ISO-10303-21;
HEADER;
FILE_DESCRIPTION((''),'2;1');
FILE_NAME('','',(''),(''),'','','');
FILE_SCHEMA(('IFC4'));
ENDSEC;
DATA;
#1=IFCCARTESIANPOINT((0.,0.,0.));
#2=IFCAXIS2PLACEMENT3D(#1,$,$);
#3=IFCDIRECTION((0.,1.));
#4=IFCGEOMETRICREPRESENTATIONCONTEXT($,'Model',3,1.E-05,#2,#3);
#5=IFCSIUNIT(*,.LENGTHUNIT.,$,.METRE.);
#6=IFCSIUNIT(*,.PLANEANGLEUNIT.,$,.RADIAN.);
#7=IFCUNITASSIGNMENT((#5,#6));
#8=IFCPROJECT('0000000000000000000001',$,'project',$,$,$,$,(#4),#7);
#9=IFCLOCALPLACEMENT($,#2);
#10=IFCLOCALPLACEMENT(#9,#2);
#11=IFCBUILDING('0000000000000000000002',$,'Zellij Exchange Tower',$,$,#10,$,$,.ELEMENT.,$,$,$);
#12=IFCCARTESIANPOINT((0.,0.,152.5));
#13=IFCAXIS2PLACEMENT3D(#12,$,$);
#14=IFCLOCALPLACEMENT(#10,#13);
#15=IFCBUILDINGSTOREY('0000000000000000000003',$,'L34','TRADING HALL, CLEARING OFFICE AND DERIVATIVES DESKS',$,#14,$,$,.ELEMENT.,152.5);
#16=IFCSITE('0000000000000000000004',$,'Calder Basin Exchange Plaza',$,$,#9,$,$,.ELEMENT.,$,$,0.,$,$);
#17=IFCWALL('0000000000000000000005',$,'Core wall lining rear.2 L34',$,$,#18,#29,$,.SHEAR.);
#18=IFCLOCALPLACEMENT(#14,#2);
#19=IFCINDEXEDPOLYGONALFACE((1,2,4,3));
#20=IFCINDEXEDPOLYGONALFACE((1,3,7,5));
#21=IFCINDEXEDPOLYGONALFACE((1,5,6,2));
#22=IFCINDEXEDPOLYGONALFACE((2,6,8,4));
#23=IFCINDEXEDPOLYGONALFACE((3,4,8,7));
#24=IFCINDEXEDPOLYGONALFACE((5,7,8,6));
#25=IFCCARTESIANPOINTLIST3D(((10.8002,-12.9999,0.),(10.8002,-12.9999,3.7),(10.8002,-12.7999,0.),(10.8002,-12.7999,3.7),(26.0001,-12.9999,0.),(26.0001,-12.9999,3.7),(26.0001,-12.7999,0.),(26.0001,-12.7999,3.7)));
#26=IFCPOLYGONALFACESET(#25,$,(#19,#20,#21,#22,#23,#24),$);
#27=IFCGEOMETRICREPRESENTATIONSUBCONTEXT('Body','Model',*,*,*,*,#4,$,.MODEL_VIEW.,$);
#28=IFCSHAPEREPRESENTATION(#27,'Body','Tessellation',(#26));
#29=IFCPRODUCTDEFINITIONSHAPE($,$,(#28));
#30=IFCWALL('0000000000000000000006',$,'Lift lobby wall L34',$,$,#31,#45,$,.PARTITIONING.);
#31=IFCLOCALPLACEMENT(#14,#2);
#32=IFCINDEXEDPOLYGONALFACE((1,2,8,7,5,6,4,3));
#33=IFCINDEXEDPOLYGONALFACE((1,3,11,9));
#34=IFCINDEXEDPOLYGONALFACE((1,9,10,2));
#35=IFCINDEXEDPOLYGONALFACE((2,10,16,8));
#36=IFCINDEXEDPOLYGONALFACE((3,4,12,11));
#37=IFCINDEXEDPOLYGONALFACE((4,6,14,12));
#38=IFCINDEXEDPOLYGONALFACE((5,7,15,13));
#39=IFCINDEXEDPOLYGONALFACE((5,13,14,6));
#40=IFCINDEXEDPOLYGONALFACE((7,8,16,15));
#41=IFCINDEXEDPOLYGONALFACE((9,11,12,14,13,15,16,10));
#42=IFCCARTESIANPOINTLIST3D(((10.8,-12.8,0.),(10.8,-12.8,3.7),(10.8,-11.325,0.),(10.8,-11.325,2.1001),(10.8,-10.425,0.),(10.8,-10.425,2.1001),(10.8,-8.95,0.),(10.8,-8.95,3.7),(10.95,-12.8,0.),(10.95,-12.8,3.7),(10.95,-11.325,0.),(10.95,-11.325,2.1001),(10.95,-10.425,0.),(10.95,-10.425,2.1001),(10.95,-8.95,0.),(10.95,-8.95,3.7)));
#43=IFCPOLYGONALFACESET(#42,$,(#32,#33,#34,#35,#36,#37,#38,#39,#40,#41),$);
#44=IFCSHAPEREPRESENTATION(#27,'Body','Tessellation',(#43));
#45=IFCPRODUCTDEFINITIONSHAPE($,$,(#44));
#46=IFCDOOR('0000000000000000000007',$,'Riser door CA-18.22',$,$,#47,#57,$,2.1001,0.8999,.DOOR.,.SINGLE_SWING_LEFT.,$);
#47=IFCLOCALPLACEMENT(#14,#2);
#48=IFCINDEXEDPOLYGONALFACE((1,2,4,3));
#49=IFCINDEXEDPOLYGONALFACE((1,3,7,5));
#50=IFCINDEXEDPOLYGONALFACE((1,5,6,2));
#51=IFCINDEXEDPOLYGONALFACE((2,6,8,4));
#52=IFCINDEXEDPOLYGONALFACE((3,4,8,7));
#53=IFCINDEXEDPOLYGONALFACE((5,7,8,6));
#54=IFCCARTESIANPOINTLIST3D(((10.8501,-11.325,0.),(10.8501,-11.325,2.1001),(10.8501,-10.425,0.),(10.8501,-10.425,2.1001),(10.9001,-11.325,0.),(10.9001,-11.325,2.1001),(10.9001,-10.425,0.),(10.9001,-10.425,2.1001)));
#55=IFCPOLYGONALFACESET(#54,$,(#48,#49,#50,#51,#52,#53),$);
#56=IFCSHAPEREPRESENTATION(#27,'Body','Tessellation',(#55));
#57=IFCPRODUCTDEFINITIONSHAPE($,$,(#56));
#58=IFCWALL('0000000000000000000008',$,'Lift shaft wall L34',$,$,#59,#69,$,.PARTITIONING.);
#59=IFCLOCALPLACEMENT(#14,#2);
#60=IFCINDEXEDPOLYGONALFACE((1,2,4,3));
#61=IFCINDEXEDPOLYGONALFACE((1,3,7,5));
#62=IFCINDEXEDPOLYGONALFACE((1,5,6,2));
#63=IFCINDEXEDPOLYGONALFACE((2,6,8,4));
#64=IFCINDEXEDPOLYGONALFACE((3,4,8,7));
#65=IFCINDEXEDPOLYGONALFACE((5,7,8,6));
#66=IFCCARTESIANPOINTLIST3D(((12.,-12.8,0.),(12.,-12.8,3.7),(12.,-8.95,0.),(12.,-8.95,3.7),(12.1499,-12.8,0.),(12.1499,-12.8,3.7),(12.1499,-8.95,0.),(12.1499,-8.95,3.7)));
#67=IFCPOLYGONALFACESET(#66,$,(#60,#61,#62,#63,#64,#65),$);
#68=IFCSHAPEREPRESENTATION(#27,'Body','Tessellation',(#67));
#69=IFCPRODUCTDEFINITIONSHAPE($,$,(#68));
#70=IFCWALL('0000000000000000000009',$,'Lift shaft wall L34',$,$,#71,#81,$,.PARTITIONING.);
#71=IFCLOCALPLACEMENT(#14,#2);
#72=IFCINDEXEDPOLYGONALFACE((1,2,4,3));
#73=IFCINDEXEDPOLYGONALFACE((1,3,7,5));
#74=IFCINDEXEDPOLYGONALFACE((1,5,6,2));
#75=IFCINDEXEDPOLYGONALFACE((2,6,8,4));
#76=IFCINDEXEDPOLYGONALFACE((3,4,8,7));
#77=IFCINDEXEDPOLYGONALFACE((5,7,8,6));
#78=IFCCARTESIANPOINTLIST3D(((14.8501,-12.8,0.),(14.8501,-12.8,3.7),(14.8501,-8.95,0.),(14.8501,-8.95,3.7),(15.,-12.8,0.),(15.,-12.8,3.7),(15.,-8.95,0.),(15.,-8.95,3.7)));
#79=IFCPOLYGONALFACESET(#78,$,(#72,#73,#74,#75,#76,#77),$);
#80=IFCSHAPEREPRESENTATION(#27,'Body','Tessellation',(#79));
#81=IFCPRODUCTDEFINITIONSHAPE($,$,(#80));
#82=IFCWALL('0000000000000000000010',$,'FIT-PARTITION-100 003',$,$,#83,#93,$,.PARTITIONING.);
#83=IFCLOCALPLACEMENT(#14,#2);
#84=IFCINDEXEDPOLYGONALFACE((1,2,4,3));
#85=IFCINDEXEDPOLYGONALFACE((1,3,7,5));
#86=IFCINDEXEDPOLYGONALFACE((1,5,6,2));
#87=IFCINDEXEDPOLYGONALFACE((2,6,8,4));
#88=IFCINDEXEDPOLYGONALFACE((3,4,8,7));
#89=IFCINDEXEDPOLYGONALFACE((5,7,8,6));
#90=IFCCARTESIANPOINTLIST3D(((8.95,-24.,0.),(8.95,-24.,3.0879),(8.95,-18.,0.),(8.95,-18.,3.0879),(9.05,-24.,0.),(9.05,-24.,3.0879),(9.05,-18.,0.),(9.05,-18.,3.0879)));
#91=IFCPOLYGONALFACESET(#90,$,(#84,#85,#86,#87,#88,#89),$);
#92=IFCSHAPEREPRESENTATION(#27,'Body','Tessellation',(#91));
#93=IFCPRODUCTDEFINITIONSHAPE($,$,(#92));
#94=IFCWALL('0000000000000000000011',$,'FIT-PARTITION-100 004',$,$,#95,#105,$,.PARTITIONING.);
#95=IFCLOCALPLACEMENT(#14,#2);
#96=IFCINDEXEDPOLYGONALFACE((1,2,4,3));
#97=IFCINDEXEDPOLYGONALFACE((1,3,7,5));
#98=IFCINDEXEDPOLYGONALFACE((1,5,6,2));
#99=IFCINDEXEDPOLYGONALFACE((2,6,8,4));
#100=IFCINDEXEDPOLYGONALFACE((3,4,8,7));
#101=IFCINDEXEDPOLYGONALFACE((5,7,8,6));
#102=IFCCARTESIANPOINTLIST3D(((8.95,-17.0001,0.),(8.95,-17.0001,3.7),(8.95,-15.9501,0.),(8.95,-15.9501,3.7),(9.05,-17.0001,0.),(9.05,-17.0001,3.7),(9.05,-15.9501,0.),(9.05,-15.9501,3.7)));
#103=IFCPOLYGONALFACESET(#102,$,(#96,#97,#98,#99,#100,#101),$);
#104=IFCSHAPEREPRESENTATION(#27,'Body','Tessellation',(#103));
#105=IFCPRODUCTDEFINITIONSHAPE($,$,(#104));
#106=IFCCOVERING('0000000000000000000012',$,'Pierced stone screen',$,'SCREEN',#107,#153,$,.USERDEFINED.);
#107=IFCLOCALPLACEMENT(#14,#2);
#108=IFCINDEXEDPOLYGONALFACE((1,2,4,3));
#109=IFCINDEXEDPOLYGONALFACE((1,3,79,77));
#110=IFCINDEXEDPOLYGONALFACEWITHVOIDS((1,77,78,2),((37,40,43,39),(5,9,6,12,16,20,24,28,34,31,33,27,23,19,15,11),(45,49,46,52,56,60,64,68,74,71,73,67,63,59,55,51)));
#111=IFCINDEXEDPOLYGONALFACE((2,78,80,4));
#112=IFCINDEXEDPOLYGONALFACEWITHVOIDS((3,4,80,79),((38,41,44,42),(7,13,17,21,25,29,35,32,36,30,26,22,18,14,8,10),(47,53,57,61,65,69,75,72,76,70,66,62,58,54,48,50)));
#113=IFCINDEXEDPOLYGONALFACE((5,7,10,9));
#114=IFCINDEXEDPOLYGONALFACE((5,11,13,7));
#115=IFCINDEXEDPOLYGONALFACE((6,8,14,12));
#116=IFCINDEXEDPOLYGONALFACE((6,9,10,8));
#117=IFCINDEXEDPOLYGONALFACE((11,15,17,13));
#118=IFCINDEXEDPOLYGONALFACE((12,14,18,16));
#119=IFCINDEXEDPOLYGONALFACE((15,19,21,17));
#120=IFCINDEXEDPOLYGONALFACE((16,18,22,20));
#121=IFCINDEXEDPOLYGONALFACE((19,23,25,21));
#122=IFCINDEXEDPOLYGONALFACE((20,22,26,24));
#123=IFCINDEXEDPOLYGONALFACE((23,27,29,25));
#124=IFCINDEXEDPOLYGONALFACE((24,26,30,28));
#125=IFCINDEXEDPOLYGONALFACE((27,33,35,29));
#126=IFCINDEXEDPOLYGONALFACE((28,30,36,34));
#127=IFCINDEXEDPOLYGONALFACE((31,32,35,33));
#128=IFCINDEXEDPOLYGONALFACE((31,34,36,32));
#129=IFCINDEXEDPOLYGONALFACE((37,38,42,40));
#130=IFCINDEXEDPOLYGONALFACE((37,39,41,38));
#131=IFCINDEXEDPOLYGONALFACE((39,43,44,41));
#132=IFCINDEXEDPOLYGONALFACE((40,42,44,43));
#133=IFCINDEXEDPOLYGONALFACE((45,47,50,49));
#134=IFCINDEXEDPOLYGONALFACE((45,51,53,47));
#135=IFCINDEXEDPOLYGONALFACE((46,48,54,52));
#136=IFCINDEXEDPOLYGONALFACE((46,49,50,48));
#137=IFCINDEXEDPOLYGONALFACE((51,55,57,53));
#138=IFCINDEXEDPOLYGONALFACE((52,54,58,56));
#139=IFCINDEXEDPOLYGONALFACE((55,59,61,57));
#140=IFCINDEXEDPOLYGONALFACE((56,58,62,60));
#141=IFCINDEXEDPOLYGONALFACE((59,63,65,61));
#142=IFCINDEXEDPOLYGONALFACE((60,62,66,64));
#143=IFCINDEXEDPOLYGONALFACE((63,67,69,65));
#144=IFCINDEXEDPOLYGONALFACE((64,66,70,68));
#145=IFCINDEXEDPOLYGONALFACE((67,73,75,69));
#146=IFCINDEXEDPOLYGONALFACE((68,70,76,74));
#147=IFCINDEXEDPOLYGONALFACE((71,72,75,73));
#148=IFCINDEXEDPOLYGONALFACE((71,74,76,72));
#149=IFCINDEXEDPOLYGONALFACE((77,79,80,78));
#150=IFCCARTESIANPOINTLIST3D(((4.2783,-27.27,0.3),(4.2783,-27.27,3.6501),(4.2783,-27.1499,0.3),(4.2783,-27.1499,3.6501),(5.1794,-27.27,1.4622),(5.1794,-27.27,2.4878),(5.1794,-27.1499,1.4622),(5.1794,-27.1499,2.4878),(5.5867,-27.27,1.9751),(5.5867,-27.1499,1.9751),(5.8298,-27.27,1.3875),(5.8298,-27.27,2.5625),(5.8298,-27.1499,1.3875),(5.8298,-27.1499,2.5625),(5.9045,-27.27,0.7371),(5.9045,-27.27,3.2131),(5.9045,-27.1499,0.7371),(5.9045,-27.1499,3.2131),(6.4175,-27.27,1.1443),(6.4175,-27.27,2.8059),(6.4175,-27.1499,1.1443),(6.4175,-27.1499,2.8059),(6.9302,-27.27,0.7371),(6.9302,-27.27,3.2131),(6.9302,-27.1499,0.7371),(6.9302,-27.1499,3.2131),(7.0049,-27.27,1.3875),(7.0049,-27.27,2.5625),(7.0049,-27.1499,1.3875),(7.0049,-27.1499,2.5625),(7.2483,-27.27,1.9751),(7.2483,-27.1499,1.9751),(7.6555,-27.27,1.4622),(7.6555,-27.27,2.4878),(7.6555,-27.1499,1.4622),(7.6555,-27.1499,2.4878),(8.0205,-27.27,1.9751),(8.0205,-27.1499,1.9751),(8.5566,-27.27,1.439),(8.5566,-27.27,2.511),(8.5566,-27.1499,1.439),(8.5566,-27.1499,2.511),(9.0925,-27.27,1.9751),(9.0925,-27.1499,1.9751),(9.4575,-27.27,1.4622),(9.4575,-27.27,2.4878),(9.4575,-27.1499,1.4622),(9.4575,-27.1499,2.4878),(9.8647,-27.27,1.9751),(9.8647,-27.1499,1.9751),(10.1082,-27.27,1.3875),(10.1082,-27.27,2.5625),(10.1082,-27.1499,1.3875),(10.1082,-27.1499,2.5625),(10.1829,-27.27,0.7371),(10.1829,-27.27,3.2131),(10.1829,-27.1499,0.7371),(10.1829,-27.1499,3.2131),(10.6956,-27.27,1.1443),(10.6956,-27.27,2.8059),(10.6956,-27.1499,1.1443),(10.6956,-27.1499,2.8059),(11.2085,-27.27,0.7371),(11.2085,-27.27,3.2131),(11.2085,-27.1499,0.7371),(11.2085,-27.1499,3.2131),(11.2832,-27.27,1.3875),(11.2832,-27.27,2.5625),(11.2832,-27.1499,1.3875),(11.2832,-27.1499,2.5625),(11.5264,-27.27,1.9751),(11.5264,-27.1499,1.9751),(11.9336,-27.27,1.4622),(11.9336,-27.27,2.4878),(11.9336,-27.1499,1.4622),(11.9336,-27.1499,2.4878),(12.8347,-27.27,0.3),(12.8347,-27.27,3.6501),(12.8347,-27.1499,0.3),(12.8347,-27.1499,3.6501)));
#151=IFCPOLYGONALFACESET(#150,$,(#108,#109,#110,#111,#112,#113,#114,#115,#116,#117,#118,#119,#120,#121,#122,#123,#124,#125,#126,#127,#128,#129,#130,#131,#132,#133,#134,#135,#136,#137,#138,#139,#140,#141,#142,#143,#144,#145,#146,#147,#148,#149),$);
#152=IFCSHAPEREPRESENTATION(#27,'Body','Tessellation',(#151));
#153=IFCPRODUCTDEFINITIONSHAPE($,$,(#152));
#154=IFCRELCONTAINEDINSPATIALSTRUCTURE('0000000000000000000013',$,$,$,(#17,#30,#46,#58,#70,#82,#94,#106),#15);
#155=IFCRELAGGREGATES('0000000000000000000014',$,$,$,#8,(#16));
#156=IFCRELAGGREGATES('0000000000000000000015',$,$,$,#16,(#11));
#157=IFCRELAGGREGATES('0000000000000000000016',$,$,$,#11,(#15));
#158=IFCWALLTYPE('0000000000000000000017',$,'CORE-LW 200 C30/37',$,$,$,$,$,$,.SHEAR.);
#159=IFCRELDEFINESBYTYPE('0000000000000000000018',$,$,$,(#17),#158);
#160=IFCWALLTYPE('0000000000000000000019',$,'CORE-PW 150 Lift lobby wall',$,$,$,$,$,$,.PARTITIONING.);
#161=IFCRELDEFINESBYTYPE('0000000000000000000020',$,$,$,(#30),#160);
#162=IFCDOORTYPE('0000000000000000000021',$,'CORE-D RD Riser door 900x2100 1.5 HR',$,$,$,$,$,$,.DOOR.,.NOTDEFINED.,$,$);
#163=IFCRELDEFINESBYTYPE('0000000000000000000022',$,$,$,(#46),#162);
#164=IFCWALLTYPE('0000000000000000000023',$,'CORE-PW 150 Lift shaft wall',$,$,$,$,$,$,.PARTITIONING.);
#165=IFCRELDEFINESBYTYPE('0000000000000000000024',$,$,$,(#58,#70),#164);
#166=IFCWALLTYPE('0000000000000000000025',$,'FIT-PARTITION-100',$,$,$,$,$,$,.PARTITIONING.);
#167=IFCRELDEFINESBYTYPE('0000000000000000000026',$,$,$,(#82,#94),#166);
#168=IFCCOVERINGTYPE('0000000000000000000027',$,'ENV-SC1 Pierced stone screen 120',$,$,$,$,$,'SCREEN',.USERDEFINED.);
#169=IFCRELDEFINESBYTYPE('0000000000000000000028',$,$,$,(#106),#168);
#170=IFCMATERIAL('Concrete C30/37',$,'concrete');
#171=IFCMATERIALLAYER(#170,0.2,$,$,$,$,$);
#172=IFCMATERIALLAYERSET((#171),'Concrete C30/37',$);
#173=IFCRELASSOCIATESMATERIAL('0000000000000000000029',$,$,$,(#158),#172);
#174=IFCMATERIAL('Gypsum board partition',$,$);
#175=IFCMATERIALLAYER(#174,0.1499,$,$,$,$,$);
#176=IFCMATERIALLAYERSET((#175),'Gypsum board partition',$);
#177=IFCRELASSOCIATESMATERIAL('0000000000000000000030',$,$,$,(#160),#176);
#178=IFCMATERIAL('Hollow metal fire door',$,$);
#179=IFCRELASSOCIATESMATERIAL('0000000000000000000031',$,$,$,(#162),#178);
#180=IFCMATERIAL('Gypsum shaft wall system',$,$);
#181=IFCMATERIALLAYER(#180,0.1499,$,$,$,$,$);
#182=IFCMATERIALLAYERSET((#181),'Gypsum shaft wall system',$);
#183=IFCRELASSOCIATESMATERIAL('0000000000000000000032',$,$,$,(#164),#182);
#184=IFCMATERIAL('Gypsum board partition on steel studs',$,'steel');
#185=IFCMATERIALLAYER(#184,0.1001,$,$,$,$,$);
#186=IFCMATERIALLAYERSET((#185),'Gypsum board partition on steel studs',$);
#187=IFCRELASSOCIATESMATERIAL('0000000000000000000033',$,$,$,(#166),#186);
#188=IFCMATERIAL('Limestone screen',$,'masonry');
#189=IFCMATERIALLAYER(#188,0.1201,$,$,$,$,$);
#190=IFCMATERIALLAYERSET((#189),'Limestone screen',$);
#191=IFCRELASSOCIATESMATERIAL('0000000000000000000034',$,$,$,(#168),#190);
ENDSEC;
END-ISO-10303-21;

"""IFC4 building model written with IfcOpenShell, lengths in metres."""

from ifc_helpers import new_model, si_unit, direction, frame, frame_2d, origin, place, context, subcontext, project, spatial, polyline, rectangle, outline, extrude, material, layer, layer_set, type_object, element, fill, save


model = new_model("IFC4")

# Units and contexts
model_context = context("Model", 3, precision=1e-05, world=origin(), true_north=direction((0.0, 1.0)))
body_context = subcontext(model_context, "Body", "Model", "MODEL_VIEW")
ifc_project = project(units=[si_unit("LENGTHUNIT", "METRE"), si_unit("PLANEANGLEUNIT", "RADIAN")], contexts=[model_context])

# Site, building, storey
site_placement = place(None, origin())
site = spatial("IfcSite", under=ifc_project, at=site_placement, Name="Calder Basin Exchange Plaza", CompositionType="ELEMENT", RefElevation=0.0)
building_placement = place(site_placement, origin())
building = spatial("IfcBuilding", under=site, at=building_placement, Name="Zellij Exchange Tower", CompositionType="ELEMENT")
storey_placement = place(building_placement, frame((0.0, 0.0, 152.5)))
storey = spatial("IfcBuildingStorey", under=building, at=storey_placement, Name="L34", Description="TRADING HALL, CLEARING OFFICE AND DERIVATIVES DESKS", CompositionType="ELEMENT", Elevation=152.5)

# Wall
ifc_material_1 = material(Name="Concrete C30/37", Category="concrete")
ifc_layer_1 = layer(ifc_material_1, 0.2)
ifc_layer_set_1 = layer_set([ifc_layer_1], Name="Concrete C30/37")
wall_type_1 = type_object("IfcWallType", Name="CORE-LW 200 C30/37", PredefinedType="SHEAR", material=ifc_layer_set_1)
wall_1_placement = place(storey_placement, frame((10.8, -12.8999, 0.0), z_axis=(0.0, 0.0, 1.0), x_axis=(1.0, 0.0, 0.0)))
element("IfcWall", 1, at=wall_1_placement, inside=storey, type_object=wall_type_1, Name="Core wall lining rear.2 L34", PredefinedType="SHEAR", context=body_context, shape_type="SweptSolid", body=[
    extrude(rectangle(XDim=15.2, YDim=0.2, at=frame_2d((7.6001, 0.0))), origin(), (0.0, 0.0, 1.0), 3.7),
])

# Wall, opening, door
ifc_material_2 = material(Name="Gypsum board partition")
ifc_layer_2 = layer(ifc_material_2, 0.1499)
ifc_layer_set_2 = layer_set([ifc_layer_2], Name="Gypsum board partition")
wall_type_2 = type_object("IfcWallType", Name="CORE-PW 150 Lift lobby wall", PredefinedType="PARTITIONING", material=ifc_layer_set_2)
wall_2_placement = place(storey_placement, frame((10.875, -12.8, 0.0), z_axis=(0.0, 0.0, 1.0), x_axis=(0.0, 1.0, 0.0)))
wall_2 = element("IfcWall", 2, at=wall_2_placement, inside=storey, type_object=wall_type_2, Name="Lift lobby wall L34", PredefinedType="PARTITIONING", context=body_context, shape_type="SweptSolid", body=[
    extrude(rectangle(XDim=3.8501, YDim=0.1499, at=frame_2d((1.925, 0.0))), origin(), (0.0, 0.0, 1.0), 3.7),
])
opening_placement = place(wall_2_placement, frame((1.4751, 0.0, 0.0)))
opening = element("IfcOpeningElement", 3, at=opening_placement, cuts=wall_2, PredefinedType="OPENING", context=body_context, shape_type="SweptSolid", body=[
    extrude(rectangle(XDim=0.8999, YDim=2.1001, at=frame_2d((0.45, 1.05))), frame((0.0, 0.0869, 0.0), z_axis=(0.0, -1.0, 0.0), x_axis=(1.0, 0.0, 0.0)), (0.0, 0.0, 1.0), 0.1738),
])
ifc_material_3 = material(Name="Hollow metal fire door")
door_type = type_object("IfcDoorType", Name="CORE-D RD Riser door 900x2100 1.5 HR", OperationType="NOTDEFINED", PredefinedType="DOOR", material=ifc_material_3)
door_placement = place(opening_placement, origin())
door = element("IfcDoor", 4, at=door_placement, inside=storey, type_object=door_type, Name="Riser door CA-18.22", OperationType="SINGLE_SWING_LEFT", OverallHeight=2.1001, OverallWidth=0.8999, PredefinedType="DOOR", context=body_context, shape_type="SweptSolid", body=[
    extrude(rectangle(XDim=0.8999, YDim=2.1001, at=frame_2d((0.45, 1.05))), frame((0.0, 0.0249, 0.0), z_axis=(0.0, -1.0, 0.0), x_axis=(1.0, 0.0, 0.0)), (0.0, 0.0, 1.0), 0.05),
])
fill(opening, door)

# Walls
ifc_material_4 = material(Name="Gypsum shaft wall system")
ifc_layer_3 = layer(ifc_material_4, 0.1499)
ifc_layer_set_3 = layer_set([ifc_layer_3], Name="Gypsum shaft wall system")
wall_type_3 = type_object("IfcWallType", Name="CORE-PW 150 Lift shaft wall", PredefinedType="PARTITIONING", material=ifc_layer_set_3)
for number, where, z_axis, x_axis, name in (
    (5, (12.075, -12.8, 0.0), (0.0, 0.0, 1.0), (0.0, 1.0, 0.0), "Lift shaft wall L34"),
    (6, (14.925, -12.8, 0.0), (0.0, 0.0, 1.0), (0.0, 1.0, 0.0), "Lift shaft wall L34"),
):
    element("IfcWall", number, at=place(storey_placement, frame(where, z_axis=z_axis, x_axis=x_axis)), inside=storey, type_object=wall_type_3, Name=name, PredefinedType="PARTITIONING", context=body_context, shape_type="SweptSolid", body=[
        extrude(rectangle(XDim=3.8501, YDim=0.1499, at=frame_2d((1.925, 0.0))), origin(), (0.0, 0.0, 1.0), 3.7),
    ])
ifc_material_5 = material(Name="Gypsum board partition on steel studs", Category="steel")
ifc_layer_4 = layer(ifc_material_5, 0.1001)
ifc_layer_set_4 = layer_set([ifc_layer_4], Name="Gypsum board partition on steel studs")
wall_type_4 = type_object("IfcWallType", Name="FIT-PARTITION-100", PredefinedType="PARTITIONING", material=ifc_layer_set_4)
wall_3_placement = place(storey_placement, frame((9.0, -24.0, 0.0), z_axis=(0.0, 0.0, 1.0), x_axis=(0.0, 1.0, 0.0)))
element("IfcWall", 7, at=wall_3_placement, inside=storey, type_object=wall_type_4, Name="FIT-PARTITION-100 003", PredefinedType="PARTITIONING", context=body_context, shape_type="SweptSolid", body=[
    extrude(rectangle(XDim=6.0, YDim=0.1001, at=frame_2d((3.0, 0.0))), origin(), (0.0, 0.0, 1.0), 3.0879),
])
wall_4_placement = place(storey_placement, frame((9.0, -17.0, 0.0), z_axis=(0.0, 0.0, 1.0), x_axis=(0.0, 1.0, 0.0)))
element("IfcWall", 8, at=wall_4_placement, inside=storey, type_object=wall_type_4, Name="FIT-PARTITION-100 004", PredefinedType="PARTITIONING", context=body_context, shape_type="SweptSolid", body=[
    extrude(rectangle(XDim=1.05, YDim=0.1001, at=frame_2d((0.5249, 0.0))), origin(), (0.0, 0.0, 1.0), 3.7),
])

# Covering
ifc_material_6 = material(Name="Limestone screen", Category="masonry")
ifc_layer_5 = layer(ifc_material_6, 0.1201)
ifc_layer_set_5 = layer_set([ifc_layer_5], Name="Limestone screen")
covering_type = type_object("IfcCoveringType", Name="ENV-SC1 Pierced stone screen 120", ElementType="SCREEN", PredefinedType="USERDEFINED", material=ifc_layer_set_5)
for number, where, z_axis, x_axis, name in (
    (9, (4.2783, -27.21, 0.3), (0.0, 0.0, 1.0), (1.0, 0.0, 0.0), "Pierced stone screen"),
):
    element("IfcCovering", number, at=place(storey_placement, frame(where, z_axis=z_axis, x_axis=x_axis)), inside=storey, type_object=covering_type, Name=name, ObjectType="SCREEN", PredefinedType="USERDEFINED", context=body_context, shape_type="SweptSolid", body=[
        extrude(outline(polyline([(0.0, 0.0), (8.5564, 0.0), (8.5564, 3.3501), (0.0, 3.3501), (0.0, 0.0)]), holes=[polyline([(3.3772, 2.1877), (2.7266, 2.2625), (2.6519, 2.9131), (2.1392, 2.5059), (1.6262, 2.9131), (1.5515, 2.2625), (0.9011, 2.1877), (1.3083, 1.675), (0.9011, 1.1621), (1.5515, 1.0874), (1.6262, 0.437), (2.1392, 0.8442), (2.6519, 0.437), (2.7266, 1.0874), (3.3772, 1.1621), (2.97, 1.675), (3.3772, 2.1877)]), polyline([(7.6553, 2.1877), (7.0049, 2.2625), (6.9302, 2.9131), (6.4172, 2.5059), (5.9045, 2.9131), (5.8298, 2.2625), (5.1792, 2.1877), (5.5864, 1.675), (5.1792, 1.1621), (5.8298, 1.0874), (5.9045, 0.437), (6.4172, 0.8442), (6.9302, 0.437), (7.0049, 1.0874), (7.6553, 1.1621), (7.248, 1.675), (7.6553, 2.1877)]), polyline([(4.8142, 1.675), (4.2783, 2.2109), (3.7422, 1.675), (4.2783, 1.1389), (4.8142, 1.675)])]), frame((0.0, 0.0601, 0.0), z_axis=(0.0, -1.0, 0.0), x_axis=(1.0, 0.0, 0.0)), (0.0, 0.0, 1.0), 0.1201),
    ])

save(model, "model.ifc")
